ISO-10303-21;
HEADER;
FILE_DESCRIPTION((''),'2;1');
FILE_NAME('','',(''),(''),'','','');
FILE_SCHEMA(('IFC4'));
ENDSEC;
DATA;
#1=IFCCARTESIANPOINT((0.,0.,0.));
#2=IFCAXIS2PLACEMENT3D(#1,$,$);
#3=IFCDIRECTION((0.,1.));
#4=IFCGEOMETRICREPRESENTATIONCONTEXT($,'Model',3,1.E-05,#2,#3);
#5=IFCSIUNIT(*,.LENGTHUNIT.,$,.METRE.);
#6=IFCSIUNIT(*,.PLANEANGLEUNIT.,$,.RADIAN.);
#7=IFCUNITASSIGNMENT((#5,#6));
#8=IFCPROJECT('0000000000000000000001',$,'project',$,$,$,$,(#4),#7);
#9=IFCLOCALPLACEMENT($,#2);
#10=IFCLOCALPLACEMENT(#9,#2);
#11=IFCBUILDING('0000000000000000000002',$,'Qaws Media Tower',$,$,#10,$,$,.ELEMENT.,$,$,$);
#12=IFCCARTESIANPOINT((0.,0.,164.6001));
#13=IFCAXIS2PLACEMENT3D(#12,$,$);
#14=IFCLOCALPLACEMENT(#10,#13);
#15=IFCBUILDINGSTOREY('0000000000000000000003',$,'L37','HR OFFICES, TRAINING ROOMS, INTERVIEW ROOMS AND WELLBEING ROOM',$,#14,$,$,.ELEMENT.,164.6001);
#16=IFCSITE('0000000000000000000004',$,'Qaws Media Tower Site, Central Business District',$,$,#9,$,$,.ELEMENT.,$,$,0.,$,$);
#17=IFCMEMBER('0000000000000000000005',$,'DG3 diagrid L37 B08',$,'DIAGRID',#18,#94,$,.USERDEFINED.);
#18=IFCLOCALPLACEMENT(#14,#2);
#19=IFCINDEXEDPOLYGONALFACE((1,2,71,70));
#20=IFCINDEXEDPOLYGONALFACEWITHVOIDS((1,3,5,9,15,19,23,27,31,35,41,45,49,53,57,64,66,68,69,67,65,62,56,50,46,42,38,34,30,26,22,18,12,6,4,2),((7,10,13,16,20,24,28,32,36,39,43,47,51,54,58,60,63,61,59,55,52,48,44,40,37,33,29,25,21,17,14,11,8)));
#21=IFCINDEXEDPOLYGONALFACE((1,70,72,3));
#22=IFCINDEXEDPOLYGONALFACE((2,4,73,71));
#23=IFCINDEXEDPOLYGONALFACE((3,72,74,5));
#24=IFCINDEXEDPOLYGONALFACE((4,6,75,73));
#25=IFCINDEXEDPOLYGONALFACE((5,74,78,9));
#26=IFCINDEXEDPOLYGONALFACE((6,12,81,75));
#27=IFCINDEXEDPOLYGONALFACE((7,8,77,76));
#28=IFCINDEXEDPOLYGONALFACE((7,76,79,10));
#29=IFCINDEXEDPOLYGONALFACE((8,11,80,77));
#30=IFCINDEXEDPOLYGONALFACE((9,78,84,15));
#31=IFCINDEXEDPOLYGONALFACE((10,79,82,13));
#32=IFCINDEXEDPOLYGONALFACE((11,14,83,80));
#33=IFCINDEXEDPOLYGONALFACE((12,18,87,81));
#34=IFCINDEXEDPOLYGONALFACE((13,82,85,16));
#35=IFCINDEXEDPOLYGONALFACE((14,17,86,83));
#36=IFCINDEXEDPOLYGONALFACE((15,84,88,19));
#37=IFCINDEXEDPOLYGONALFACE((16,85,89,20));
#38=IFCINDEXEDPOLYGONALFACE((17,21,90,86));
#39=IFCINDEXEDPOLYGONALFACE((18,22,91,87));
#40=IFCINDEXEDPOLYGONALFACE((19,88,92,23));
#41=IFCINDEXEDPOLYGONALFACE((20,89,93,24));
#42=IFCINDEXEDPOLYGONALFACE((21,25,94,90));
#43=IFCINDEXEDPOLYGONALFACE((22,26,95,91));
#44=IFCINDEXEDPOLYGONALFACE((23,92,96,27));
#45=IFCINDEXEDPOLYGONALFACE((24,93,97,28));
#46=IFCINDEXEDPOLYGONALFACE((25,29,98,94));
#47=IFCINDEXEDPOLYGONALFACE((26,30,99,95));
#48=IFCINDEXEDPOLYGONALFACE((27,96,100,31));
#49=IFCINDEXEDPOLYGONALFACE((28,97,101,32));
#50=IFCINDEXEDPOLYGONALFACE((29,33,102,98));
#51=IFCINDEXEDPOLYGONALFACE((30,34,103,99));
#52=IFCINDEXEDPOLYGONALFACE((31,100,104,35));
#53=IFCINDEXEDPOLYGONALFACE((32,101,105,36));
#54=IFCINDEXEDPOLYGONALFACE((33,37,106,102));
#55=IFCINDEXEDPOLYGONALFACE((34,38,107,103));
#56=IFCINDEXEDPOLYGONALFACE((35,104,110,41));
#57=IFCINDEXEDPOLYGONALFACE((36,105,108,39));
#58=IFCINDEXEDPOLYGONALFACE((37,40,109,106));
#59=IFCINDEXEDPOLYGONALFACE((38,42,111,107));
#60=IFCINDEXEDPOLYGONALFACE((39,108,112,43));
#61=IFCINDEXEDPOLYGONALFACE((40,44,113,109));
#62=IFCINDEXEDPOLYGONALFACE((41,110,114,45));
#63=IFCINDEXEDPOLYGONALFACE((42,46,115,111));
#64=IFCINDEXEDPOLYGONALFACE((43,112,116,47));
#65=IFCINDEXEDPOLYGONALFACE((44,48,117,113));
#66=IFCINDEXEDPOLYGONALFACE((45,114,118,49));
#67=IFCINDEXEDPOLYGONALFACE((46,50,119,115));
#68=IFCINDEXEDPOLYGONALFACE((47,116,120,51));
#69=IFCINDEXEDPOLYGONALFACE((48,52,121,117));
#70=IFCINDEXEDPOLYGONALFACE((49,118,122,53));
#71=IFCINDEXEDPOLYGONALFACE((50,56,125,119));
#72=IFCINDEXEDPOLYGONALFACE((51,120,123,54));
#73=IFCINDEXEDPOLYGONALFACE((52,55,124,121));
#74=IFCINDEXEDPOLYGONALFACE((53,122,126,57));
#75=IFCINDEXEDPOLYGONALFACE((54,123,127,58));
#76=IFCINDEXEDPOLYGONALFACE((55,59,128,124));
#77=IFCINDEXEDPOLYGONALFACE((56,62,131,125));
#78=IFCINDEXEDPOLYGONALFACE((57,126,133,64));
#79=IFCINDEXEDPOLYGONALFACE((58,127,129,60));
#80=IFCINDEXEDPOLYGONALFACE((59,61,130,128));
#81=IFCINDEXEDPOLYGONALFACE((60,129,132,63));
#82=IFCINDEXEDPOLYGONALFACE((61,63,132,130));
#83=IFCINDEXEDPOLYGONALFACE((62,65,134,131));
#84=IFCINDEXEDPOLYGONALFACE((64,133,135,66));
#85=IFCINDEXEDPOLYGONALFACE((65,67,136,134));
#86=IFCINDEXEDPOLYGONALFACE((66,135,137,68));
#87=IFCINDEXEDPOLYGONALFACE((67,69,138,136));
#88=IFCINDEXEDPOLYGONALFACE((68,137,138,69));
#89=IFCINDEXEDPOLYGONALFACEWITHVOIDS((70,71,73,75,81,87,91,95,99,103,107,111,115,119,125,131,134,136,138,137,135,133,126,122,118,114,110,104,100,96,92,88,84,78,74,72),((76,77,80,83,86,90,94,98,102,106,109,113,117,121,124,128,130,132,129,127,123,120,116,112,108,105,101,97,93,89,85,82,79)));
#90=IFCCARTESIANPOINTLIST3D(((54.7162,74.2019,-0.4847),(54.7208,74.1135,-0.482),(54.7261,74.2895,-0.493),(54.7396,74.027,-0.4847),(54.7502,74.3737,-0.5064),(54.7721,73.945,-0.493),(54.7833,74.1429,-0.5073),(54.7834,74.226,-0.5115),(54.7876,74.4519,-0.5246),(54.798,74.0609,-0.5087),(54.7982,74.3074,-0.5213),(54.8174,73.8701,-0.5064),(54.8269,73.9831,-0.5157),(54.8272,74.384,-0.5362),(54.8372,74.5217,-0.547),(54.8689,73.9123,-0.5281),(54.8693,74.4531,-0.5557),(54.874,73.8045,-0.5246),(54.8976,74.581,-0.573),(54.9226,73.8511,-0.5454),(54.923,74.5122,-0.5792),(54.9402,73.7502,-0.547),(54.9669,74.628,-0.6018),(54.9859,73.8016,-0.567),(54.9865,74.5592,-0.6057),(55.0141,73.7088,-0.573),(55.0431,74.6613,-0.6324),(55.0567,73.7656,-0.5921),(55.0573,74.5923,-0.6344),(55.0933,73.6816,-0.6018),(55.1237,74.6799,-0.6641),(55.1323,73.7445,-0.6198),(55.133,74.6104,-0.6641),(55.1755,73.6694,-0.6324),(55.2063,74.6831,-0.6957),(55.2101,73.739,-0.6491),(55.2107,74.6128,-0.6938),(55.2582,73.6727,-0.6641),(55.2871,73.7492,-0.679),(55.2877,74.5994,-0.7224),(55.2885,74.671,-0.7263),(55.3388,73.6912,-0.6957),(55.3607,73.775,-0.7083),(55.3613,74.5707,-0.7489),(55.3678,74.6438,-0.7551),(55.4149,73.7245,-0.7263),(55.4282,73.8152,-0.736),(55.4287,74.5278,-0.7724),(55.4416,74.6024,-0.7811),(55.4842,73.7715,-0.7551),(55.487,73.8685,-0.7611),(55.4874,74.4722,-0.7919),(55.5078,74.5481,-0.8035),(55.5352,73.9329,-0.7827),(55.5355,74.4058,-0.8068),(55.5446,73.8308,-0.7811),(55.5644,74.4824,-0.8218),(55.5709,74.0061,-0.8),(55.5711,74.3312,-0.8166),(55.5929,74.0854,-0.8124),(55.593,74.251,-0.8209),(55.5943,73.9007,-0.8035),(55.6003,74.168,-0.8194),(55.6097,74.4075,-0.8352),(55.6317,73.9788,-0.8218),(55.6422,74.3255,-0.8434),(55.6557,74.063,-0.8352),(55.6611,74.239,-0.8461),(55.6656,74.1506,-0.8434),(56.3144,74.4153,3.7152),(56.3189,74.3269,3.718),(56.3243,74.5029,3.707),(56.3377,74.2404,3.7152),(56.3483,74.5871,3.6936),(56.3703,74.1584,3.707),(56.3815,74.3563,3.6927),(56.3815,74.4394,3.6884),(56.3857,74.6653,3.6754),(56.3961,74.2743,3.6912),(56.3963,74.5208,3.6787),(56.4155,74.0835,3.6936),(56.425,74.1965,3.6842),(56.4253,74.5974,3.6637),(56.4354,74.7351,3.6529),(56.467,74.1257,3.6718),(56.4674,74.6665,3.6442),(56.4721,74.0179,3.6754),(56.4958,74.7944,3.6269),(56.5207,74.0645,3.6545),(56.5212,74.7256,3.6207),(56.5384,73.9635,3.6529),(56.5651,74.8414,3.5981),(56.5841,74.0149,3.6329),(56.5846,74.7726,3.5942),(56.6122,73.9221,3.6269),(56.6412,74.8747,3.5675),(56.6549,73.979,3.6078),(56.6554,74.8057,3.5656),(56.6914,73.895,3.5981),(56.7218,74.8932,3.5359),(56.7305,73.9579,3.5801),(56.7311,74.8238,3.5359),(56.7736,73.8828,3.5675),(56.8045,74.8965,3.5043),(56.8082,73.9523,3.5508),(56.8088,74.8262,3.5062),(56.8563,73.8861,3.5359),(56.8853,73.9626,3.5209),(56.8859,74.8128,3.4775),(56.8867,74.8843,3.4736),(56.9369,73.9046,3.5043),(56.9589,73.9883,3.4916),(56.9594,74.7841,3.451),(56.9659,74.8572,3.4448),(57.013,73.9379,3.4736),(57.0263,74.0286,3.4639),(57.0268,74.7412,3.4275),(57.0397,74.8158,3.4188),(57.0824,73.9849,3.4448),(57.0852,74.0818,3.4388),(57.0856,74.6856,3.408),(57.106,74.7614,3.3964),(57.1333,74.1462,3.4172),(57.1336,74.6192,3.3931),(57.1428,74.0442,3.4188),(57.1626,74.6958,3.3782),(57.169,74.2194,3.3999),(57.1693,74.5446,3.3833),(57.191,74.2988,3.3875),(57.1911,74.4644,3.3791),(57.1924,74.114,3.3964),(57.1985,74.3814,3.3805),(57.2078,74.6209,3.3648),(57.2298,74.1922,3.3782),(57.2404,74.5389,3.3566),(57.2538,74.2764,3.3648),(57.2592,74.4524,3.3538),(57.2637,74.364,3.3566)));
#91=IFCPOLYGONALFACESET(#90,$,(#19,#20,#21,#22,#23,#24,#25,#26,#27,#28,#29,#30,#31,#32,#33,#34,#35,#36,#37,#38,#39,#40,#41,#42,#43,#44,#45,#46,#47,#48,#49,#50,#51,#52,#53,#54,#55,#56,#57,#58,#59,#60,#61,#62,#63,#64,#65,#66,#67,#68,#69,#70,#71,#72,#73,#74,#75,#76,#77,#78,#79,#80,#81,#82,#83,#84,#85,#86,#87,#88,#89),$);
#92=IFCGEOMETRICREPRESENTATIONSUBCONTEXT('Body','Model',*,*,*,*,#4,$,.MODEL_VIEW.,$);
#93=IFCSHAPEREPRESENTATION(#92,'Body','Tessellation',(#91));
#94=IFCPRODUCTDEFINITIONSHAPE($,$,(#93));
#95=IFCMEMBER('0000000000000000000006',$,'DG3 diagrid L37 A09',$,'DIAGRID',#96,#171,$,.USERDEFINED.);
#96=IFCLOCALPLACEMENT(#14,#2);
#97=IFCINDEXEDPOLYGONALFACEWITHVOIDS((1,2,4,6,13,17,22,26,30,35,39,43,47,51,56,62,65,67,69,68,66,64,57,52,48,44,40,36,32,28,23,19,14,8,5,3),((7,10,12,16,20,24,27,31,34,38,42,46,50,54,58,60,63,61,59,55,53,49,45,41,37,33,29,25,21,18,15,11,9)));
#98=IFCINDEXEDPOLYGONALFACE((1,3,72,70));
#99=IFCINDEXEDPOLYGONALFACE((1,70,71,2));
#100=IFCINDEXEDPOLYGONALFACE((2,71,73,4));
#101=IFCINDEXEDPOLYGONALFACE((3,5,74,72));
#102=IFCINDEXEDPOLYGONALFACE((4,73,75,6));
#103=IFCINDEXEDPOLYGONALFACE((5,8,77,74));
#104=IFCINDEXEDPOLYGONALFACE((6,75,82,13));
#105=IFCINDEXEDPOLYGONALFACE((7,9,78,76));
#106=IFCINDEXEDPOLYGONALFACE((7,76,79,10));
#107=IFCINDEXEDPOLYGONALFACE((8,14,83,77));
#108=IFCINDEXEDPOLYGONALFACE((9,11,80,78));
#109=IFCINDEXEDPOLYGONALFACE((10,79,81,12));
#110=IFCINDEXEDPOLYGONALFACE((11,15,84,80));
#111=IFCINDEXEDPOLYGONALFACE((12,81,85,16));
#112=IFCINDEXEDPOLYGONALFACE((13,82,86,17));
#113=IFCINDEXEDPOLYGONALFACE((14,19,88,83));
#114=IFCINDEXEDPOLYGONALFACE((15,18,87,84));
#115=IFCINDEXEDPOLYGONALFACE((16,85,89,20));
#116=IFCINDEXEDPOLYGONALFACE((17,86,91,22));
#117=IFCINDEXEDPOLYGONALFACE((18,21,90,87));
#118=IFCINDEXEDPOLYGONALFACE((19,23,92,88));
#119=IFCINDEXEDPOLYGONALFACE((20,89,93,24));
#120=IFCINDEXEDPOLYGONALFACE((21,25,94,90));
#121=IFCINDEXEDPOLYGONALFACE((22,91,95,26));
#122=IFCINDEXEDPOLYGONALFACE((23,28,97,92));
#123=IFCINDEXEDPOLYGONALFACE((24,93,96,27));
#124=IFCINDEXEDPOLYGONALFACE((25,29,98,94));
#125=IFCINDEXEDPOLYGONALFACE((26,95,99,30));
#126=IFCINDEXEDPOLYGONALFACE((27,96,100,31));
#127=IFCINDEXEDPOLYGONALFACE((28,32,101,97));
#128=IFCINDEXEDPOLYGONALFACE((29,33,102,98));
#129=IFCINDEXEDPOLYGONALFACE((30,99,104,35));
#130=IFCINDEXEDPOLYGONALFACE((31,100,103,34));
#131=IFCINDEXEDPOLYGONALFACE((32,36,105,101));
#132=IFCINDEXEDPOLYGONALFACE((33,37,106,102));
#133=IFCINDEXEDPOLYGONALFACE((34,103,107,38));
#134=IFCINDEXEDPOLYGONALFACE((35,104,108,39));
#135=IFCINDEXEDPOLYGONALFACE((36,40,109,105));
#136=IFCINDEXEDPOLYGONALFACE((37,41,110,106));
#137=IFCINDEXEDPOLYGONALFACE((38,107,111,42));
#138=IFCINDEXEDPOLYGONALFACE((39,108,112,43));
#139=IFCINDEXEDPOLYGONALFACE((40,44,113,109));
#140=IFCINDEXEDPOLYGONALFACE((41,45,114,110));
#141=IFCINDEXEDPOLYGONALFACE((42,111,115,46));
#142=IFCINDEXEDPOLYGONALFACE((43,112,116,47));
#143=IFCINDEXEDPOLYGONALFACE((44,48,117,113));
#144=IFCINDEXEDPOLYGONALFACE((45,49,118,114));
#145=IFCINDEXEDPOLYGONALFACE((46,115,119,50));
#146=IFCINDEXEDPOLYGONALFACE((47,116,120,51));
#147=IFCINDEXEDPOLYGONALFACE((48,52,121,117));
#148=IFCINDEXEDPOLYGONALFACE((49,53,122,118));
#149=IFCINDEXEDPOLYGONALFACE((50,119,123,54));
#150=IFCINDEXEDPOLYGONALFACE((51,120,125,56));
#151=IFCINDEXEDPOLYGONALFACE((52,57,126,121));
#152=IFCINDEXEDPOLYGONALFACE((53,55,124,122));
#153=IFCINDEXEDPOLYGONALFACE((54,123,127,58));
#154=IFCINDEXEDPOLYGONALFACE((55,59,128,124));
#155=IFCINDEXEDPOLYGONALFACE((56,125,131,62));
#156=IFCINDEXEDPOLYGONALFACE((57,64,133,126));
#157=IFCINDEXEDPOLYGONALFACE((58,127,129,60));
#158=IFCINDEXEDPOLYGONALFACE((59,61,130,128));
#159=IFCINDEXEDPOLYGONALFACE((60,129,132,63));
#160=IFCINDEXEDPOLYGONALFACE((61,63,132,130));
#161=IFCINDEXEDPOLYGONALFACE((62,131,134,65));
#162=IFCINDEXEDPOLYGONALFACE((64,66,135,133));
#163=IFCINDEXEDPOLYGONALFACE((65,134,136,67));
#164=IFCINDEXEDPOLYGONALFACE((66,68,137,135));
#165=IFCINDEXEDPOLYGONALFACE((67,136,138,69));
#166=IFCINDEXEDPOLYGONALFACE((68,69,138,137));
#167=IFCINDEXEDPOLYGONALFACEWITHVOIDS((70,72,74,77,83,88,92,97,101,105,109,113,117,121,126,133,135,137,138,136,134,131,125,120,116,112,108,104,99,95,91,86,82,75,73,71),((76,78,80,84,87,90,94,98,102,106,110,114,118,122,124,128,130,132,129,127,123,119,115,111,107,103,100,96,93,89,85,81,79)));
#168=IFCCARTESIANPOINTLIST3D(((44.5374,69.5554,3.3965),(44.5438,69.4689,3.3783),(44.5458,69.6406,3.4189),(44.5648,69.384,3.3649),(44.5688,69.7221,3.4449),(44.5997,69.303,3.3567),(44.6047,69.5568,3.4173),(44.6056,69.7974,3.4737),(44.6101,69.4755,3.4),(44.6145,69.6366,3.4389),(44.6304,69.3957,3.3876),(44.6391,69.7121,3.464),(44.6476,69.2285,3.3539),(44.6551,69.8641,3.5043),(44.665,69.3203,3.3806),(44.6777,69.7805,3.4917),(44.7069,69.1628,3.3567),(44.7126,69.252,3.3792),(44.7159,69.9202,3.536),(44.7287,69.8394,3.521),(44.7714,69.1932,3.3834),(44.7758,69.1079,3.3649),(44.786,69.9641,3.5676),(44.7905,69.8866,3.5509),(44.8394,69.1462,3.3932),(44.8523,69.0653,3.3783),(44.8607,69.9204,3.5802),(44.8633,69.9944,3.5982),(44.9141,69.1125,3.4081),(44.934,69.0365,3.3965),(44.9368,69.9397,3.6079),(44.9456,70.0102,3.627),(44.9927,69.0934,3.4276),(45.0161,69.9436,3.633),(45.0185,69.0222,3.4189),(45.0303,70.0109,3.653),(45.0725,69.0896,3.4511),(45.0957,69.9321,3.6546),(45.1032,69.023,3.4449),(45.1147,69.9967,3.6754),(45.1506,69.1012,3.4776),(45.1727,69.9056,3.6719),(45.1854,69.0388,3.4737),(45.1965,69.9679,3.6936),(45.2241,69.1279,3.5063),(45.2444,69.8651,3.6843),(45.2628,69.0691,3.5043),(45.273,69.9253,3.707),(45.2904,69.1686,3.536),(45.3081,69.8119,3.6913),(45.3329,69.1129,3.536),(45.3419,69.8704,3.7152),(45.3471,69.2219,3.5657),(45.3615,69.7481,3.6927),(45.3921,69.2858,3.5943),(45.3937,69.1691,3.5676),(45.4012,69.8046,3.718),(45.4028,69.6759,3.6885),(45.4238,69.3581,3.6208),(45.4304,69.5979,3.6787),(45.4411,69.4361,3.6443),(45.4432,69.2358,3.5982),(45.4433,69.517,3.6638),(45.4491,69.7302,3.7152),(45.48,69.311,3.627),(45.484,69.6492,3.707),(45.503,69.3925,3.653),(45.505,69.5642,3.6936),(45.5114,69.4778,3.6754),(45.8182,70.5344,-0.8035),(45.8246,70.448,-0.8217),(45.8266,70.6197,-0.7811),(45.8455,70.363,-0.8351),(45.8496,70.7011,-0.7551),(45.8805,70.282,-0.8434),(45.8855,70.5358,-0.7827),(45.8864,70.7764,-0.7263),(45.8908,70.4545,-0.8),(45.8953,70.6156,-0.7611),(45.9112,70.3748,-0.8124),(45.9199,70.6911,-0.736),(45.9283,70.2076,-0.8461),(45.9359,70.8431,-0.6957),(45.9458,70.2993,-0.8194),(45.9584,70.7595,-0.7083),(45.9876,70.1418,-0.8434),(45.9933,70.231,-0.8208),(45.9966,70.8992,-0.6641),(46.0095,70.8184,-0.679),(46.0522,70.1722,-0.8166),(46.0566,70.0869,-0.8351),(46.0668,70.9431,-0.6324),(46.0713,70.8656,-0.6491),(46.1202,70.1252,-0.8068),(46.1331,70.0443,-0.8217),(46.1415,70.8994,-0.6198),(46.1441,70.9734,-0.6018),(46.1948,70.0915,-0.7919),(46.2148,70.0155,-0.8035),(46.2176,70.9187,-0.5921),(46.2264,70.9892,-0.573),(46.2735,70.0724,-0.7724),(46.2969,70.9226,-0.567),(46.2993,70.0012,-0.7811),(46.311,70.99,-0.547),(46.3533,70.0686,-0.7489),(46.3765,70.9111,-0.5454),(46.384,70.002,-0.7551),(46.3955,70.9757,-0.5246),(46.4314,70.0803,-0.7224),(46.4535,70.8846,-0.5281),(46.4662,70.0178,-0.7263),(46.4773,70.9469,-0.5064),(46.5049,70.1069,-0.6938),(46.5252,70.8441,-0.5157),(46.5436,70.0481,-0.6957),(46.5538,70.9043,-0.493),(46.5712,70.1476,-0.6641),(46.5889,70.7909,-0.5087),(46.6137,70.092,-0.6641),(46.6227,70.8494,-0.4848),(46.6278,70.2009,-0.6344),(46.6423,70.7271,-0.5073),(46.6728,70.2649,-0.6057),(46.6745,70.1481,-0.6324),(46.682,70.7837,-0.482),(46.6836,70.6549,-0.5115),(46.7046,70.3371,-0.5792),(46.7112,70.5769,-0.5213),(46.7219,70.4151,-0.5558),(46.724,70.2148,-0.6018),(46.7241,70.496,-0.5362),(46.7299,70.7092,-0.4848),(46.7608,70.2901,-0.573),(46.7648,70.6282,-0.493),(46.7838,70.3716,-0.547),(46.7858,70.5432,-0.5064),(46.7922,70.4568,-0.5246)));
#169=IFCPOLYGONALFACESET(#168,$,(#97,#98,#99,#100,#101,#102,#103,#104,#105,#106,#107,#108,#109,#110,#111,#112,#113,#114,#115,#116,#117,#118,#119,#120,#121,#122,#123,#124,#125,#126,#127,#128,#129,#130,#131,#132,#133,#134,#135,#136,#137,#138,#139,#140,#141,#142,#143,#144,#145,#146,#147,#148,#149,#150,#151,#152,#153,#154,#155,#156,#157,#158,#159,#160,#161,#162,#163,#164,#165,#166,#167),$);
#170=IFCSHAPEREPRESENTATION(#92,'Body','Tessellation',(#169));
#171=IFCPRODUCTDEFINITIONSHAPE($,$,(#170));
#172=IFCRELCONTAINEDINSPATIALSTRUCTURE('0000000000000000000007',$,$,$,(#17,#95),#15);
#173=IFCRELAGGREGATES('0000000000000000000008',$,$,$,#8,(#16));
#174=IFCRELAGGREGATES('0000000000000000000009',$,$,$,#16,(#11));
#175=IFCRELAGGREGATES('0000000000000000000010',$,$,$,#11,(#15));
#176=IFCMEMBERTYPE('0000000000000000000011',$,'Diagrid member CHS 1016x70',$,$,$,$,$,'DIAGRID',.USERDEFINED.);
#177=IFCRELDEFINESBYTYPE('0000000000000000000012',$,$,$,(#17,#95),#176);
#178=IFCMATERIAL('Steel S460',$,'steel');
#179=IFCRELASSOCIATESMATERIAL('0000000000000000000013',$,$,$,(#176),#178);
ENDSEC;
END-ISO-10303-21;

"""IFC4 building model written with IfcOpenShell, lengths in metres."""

from ifc_helpers import new_model, si_unit, direction, frame, origin, origin_2d, place, context, subcontext, project, spatial, hollow_circle, extrude, material, material_profile, profile_set, type_object, element, save


model = new_model("IFC4")

# Units and contexts
model_context = context("Model", 3, precision=1e-05, world=origin(), true_north=direction((0.0, 1.0)))
body_context = subcontext(model_context, "Body", "Model", "MODEL_VIEW")
ifc_project = project(units=[si_unit("LENGTHUNIT", "METRE"), si_unit("PLANEANGLEUNIT", "RADIAN")], contexts=[model_context])

# Site, building, storey
site_placement = place(None, origin())
site = spatial("IfcSite", under=ifc_project, at=site_placement, Name="Qaws Media Tower Site, Central Business District", CompositionType="ELEMENT", RefElevation=0.0)
building_placement = place(site_placement, origin())
building = spatial("IfcBuilding", under=site, at=building_placement, Name="Qaws Media Tower", CompositionType="ELEMENT")
storey_placement = place(building_placement, frame((0.0, 0.0, 164.6001)))
storey = spatial("IfcBuildingStorey", under=building, at=storey_placement, Name="L37", Description="HR OFFICES, TRAINING ROOMS, INTERVIEW ROOMS AND WELLBEING ROOM", CompositionType="ELEMENT", Elevation=164.6001)

# Members
ifc_material_1 = material(Name="Steel S460", Category="steel")
ifc_material_profile_1 = material_profile(ifc_material_1, hollow_circle(Radius=0.5081, WallThickness=0.0701, at=origin_2d()), Name="CHS 1016x70")
ifc_profile_set_1 = profile_set([ifc_material_profile_1], Name="Steel S460")
member_type_1 = type_object("IfcMemberType", Name="Diagrid member CHS 1016x70", ElementType="DIAGRID", PredefinedType="USERDEFINED", material=ifc_profile_set_1)
for number, where, z_axis, x_axis, name in (
    (1, (55.1909, 74.1763, -0.6641), (0.355238, 0.04743, 0.933572), (-0.132342, 0.991204, 0.0), "DG3 diagrid L37 B08"),
    (2, (46.3052, 70.4956, -0.6641), (-0.284695, -0.217619, 0.93359), (0.607293, -0.794478, 0.0), "DG3 diagrid L37 A09"),
):
    element("IfcMember", number, at=place(storey_placement, frame(where, z_axis=z_axis, x_axis=x_axis)), inside=storey, type_object=member_type_1, Name=name, ObjectType="DIAGRID", PredefinedType="USERDEFINED", context=body_context, shape_type="SweptSolid", body=[
        extrude(hollow_circle(Radius=0.5081, WallThickness=0.0701, at=origin_2d()), origin(), (0.0, 0.0, 1.0), 4.4988),
    ])

save(model, "model.ifc")
